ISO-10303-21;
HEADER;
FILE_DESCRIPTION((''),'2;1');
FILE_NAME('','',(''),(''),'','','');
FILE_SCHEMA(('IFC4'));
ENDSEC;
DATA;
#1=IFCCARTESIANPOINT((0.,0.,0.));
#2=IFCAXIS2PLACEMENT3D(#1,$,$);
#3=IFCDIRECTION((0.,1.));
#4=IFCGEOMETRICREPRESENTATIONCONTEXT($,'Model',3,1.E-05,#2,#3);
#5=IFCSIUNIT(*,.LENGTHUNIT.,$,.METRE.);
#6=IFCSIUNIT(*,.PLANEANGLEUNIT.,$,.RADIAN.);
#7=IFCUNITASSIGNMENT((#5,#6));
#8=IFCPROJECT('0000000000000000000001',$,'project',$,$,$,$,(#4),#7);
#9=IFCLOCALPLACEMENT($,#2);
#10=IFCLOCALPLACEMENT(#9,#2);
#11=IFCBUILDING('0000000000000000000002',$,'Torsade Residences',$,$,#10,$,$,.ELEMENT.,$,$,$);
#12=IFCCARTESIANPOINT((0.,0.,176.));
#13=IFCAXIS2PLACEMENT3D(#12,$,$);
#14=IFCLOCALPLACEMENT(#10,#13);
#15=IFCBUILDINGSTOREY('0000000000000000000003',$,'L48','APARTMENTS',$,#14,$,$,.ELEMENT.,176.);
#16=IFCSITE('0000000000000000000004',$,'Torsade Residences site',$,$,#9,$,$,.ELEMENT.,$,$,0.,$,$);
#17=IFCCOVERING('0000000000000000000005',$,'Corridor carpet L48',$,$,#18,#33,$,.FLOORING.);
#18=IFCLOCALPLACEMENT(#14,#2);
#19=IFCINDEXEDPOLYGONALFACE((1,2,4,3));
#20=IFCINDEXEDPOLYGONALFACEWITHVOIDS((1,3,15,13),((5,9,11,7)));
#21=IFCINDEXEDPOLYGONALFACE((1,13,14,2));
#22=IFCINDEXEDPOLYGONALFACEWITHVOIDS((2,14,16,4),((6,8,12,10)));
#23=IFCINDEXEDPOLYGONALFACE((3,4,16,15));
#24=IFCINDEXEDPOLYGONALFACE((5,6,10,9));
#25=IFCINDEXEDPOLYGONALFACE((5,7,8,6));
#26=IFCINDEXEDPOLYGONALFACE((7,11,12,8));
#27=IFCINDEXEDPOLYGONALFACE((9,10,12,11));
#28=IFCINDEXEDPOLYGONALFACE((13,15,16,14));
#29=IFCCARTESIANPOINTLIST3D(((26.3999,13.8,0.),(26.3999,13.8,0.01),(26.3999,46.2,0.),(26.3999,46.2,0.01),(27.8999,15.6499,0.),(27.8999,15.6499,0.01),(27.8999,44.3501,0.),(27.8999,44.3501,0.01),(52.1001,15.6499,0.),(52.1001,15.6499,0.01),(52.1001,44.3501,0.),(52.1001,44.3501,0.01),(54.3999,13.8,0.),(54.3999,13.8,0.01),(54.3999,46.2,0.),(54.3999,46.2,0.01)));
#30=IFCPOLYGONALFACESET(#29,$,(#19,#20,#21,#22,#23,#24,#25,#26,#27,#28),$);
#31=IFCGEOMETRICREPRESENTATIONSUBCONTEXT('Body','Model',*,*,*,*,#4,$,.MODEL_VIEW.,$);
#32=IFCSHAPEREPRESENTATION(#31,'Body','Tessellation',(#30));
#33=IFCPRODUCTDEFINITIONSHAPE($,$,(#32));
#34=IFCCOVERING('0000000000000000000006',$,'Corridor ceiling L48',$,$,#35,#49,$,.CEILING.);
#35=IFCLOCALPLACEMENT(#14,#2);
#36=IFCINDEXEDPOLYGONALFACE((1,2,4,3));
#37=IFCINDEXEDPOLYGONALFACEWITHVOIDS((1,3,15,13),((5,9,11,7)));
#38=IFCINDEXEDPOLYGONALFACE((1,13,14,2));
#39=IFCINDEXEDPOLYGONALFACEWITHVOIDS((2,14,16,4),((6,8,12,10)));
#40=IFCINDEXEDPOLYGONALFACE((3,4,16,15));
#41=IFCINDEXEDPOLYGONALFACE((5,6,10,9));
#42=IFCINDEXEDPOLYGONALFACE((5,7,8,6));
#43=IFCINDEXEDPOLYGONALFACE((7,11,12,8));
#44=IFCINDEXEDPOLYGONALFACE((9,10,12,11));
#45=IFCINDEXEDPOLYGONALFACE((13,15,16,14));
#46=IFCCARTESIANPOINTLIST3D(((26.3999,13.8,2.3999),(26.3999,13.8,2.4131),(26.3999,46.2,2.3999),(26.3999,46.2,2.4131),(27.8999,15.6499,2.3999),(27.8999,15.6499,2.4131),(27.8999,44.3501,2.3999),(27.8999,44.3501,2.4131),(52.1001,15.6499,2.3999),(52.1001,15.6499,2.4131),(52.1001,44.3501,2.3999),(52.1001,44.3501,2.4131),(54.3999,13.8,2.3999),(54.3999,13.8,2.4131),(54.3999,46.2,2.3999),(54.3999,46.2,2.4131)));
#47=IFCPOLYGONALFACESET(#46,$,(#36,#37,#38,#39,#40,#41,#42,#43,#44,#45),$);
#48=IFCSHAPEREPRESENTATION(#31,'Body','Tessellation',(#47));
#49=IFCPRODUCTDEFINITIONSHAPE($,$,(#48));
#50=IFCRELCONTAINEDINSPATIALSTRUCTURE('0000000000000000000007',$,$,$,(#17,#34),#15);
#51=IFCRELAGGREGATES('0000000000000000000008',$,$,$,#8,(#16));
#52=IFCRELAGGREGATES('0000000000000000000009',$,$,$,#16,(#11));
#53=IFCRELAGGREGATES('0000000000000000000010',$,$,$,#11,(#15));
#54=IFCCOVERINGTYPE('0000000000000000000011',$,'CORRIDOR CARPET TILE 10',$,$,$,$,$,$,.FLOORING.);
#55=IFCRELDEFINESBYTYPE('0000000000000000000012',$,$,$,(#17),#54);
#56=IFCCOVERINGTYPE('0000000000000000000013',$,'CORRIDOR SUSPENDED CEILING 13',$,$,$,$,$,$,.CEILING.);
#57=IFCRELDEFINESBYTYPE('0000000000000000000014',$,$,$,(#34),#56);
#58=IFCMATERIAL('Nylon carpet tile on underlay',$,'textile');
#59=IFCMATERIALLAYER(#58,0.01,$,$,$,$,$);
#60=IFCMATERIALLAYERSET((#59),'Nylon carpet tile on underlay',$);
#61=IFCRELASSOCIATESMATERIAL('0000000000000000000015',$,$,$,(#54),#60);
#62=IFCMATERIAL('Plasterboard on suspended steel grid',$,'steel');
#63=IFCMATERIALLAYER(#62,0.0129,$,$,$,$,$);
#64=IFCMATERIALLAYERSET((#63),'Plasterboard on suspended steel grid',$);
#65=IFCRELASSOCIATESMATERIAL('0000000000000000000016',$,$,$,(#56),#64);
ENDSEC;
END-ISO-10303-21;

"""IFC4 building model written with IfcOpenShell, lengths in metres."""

from ifc_helpers import new_model, si_unit, direction, frame, origin, place, context, subcontext, project, spatial, polyline, outline, extrude, material, layer, layer_set, type_object, element, save


model = new_model("IFC4")

# Units and contexts
model_context = context("Model", 3, precision=1e-05, world=origin(), true_north=direction((0.0, 1.0)))
body_context = subcontext(model_context, "Body", "Model", "MODEL_VIEW")
ifc_project = project(units=[si_unit("LENGTHUNIT", "METRE"), si_unit("PLANEANGLEUNIT", "RADIAN")], contexts=[model_context])

# Site, building, storey
site_placement = place(None, origin())
site = spatial("IfcSite", under=ifc_project, at=site_placement, Name="Torsade Residences site", CompositionType="ELEMENT", RefElevation=0.0)
building_placement = place(site_placement, origin())
building = spatial("IfcBuilding", under=site, at=building_placement, Name="Torsade Residences", CompositionType="ELEMENT")
storey_placement = place(building_placement, frame((0.0, 0.0, 176.0)))
storey = spatial("IfcBuildingStorey", under=building, at=storey_placement, Name="L48", Description="APARTMENTS", CompositionType="ELEMENT", Elevation=176.0)

# Coverings
ifc_material_1 = material(Name="Nylon carpet tile on underlay", Category="textile")
ifc_layer_1 = layer(ifc_material_1, 0.01)
ifc_layer_set_1 = layer_set([ifc_layer_1], Name="Nylon carpet tile on underlay")
covering_type_1 = type_object("IfcCoveringType", Name="CORRIDOR CARPET TILE 10", PredefinedType="FLOORING", material=ifc_layer_set_1)
covering_1_placement = place(storey_placement, origin())
element("IfcCovering", 1, at=covering_1_placement, inside=storey, type_object=covering_type_1, Name="Corridor carpet L48", PredefinedType="FLOORING", context=body_context, shape_type="SweptSolid", body=[
    extrude(outline(polyline([(26.3999, 46.2), (26.3999, 13.8), (54.3999, 13.8), (54.3999, 46.2), (26.3999, 46.2)]), holes=[polyline([(52.1001, 44.3501), (27.8999, 44.3501), (27.8999, 15.6499), (52.1001, 15.6499), (52.1001, 44.3501)])]), origin(), (0.0, 0.0, 1.0), 0.01),
])
ifc_material_2 = material(Name="Plasterboard on suspended steel grid", Category="steel")
ifc_layer_2 = layer(ifc_material_2, 0.0129)
ifc_layer_set_2 = layer_set([ifc_layer_2], Name="Plasterboard on suspended steel grid")
covering_type_2 = type_object("IfcCoveringType", Name="CORRIDOR SUSPENDED CEILING 13", PredefinedType="CEILING", material=ifc_layer_set_2)
covering_2_placement = place(storey_placement, frame((0.0, 0.0, 2.3999)))
element("IfcCovering", 2, at=covering_2_placement, inside=storey, type_object=covering_type_2, Name="Corridor ceiling L48", PredefinedType="CEILING", context=body_context, shape_type="SweptSolid", body=[
    extrude(outline(polyline([(26.3999, 46.2), (26.3999, 13.8), (54.3999, 13.8), (54.3999, 46.2), (26.3999, 46.2)]), holes=[polyline([(52.1001, 44.3501), (27.8999, 44.3501), (27.8999, 15.6499), (52.1001, 15.6499), (52.1001, 44.3501)])]), origin(), (0.0, 0.0, 1.0), 0.0132),
])

save(model, "model.ifc")
